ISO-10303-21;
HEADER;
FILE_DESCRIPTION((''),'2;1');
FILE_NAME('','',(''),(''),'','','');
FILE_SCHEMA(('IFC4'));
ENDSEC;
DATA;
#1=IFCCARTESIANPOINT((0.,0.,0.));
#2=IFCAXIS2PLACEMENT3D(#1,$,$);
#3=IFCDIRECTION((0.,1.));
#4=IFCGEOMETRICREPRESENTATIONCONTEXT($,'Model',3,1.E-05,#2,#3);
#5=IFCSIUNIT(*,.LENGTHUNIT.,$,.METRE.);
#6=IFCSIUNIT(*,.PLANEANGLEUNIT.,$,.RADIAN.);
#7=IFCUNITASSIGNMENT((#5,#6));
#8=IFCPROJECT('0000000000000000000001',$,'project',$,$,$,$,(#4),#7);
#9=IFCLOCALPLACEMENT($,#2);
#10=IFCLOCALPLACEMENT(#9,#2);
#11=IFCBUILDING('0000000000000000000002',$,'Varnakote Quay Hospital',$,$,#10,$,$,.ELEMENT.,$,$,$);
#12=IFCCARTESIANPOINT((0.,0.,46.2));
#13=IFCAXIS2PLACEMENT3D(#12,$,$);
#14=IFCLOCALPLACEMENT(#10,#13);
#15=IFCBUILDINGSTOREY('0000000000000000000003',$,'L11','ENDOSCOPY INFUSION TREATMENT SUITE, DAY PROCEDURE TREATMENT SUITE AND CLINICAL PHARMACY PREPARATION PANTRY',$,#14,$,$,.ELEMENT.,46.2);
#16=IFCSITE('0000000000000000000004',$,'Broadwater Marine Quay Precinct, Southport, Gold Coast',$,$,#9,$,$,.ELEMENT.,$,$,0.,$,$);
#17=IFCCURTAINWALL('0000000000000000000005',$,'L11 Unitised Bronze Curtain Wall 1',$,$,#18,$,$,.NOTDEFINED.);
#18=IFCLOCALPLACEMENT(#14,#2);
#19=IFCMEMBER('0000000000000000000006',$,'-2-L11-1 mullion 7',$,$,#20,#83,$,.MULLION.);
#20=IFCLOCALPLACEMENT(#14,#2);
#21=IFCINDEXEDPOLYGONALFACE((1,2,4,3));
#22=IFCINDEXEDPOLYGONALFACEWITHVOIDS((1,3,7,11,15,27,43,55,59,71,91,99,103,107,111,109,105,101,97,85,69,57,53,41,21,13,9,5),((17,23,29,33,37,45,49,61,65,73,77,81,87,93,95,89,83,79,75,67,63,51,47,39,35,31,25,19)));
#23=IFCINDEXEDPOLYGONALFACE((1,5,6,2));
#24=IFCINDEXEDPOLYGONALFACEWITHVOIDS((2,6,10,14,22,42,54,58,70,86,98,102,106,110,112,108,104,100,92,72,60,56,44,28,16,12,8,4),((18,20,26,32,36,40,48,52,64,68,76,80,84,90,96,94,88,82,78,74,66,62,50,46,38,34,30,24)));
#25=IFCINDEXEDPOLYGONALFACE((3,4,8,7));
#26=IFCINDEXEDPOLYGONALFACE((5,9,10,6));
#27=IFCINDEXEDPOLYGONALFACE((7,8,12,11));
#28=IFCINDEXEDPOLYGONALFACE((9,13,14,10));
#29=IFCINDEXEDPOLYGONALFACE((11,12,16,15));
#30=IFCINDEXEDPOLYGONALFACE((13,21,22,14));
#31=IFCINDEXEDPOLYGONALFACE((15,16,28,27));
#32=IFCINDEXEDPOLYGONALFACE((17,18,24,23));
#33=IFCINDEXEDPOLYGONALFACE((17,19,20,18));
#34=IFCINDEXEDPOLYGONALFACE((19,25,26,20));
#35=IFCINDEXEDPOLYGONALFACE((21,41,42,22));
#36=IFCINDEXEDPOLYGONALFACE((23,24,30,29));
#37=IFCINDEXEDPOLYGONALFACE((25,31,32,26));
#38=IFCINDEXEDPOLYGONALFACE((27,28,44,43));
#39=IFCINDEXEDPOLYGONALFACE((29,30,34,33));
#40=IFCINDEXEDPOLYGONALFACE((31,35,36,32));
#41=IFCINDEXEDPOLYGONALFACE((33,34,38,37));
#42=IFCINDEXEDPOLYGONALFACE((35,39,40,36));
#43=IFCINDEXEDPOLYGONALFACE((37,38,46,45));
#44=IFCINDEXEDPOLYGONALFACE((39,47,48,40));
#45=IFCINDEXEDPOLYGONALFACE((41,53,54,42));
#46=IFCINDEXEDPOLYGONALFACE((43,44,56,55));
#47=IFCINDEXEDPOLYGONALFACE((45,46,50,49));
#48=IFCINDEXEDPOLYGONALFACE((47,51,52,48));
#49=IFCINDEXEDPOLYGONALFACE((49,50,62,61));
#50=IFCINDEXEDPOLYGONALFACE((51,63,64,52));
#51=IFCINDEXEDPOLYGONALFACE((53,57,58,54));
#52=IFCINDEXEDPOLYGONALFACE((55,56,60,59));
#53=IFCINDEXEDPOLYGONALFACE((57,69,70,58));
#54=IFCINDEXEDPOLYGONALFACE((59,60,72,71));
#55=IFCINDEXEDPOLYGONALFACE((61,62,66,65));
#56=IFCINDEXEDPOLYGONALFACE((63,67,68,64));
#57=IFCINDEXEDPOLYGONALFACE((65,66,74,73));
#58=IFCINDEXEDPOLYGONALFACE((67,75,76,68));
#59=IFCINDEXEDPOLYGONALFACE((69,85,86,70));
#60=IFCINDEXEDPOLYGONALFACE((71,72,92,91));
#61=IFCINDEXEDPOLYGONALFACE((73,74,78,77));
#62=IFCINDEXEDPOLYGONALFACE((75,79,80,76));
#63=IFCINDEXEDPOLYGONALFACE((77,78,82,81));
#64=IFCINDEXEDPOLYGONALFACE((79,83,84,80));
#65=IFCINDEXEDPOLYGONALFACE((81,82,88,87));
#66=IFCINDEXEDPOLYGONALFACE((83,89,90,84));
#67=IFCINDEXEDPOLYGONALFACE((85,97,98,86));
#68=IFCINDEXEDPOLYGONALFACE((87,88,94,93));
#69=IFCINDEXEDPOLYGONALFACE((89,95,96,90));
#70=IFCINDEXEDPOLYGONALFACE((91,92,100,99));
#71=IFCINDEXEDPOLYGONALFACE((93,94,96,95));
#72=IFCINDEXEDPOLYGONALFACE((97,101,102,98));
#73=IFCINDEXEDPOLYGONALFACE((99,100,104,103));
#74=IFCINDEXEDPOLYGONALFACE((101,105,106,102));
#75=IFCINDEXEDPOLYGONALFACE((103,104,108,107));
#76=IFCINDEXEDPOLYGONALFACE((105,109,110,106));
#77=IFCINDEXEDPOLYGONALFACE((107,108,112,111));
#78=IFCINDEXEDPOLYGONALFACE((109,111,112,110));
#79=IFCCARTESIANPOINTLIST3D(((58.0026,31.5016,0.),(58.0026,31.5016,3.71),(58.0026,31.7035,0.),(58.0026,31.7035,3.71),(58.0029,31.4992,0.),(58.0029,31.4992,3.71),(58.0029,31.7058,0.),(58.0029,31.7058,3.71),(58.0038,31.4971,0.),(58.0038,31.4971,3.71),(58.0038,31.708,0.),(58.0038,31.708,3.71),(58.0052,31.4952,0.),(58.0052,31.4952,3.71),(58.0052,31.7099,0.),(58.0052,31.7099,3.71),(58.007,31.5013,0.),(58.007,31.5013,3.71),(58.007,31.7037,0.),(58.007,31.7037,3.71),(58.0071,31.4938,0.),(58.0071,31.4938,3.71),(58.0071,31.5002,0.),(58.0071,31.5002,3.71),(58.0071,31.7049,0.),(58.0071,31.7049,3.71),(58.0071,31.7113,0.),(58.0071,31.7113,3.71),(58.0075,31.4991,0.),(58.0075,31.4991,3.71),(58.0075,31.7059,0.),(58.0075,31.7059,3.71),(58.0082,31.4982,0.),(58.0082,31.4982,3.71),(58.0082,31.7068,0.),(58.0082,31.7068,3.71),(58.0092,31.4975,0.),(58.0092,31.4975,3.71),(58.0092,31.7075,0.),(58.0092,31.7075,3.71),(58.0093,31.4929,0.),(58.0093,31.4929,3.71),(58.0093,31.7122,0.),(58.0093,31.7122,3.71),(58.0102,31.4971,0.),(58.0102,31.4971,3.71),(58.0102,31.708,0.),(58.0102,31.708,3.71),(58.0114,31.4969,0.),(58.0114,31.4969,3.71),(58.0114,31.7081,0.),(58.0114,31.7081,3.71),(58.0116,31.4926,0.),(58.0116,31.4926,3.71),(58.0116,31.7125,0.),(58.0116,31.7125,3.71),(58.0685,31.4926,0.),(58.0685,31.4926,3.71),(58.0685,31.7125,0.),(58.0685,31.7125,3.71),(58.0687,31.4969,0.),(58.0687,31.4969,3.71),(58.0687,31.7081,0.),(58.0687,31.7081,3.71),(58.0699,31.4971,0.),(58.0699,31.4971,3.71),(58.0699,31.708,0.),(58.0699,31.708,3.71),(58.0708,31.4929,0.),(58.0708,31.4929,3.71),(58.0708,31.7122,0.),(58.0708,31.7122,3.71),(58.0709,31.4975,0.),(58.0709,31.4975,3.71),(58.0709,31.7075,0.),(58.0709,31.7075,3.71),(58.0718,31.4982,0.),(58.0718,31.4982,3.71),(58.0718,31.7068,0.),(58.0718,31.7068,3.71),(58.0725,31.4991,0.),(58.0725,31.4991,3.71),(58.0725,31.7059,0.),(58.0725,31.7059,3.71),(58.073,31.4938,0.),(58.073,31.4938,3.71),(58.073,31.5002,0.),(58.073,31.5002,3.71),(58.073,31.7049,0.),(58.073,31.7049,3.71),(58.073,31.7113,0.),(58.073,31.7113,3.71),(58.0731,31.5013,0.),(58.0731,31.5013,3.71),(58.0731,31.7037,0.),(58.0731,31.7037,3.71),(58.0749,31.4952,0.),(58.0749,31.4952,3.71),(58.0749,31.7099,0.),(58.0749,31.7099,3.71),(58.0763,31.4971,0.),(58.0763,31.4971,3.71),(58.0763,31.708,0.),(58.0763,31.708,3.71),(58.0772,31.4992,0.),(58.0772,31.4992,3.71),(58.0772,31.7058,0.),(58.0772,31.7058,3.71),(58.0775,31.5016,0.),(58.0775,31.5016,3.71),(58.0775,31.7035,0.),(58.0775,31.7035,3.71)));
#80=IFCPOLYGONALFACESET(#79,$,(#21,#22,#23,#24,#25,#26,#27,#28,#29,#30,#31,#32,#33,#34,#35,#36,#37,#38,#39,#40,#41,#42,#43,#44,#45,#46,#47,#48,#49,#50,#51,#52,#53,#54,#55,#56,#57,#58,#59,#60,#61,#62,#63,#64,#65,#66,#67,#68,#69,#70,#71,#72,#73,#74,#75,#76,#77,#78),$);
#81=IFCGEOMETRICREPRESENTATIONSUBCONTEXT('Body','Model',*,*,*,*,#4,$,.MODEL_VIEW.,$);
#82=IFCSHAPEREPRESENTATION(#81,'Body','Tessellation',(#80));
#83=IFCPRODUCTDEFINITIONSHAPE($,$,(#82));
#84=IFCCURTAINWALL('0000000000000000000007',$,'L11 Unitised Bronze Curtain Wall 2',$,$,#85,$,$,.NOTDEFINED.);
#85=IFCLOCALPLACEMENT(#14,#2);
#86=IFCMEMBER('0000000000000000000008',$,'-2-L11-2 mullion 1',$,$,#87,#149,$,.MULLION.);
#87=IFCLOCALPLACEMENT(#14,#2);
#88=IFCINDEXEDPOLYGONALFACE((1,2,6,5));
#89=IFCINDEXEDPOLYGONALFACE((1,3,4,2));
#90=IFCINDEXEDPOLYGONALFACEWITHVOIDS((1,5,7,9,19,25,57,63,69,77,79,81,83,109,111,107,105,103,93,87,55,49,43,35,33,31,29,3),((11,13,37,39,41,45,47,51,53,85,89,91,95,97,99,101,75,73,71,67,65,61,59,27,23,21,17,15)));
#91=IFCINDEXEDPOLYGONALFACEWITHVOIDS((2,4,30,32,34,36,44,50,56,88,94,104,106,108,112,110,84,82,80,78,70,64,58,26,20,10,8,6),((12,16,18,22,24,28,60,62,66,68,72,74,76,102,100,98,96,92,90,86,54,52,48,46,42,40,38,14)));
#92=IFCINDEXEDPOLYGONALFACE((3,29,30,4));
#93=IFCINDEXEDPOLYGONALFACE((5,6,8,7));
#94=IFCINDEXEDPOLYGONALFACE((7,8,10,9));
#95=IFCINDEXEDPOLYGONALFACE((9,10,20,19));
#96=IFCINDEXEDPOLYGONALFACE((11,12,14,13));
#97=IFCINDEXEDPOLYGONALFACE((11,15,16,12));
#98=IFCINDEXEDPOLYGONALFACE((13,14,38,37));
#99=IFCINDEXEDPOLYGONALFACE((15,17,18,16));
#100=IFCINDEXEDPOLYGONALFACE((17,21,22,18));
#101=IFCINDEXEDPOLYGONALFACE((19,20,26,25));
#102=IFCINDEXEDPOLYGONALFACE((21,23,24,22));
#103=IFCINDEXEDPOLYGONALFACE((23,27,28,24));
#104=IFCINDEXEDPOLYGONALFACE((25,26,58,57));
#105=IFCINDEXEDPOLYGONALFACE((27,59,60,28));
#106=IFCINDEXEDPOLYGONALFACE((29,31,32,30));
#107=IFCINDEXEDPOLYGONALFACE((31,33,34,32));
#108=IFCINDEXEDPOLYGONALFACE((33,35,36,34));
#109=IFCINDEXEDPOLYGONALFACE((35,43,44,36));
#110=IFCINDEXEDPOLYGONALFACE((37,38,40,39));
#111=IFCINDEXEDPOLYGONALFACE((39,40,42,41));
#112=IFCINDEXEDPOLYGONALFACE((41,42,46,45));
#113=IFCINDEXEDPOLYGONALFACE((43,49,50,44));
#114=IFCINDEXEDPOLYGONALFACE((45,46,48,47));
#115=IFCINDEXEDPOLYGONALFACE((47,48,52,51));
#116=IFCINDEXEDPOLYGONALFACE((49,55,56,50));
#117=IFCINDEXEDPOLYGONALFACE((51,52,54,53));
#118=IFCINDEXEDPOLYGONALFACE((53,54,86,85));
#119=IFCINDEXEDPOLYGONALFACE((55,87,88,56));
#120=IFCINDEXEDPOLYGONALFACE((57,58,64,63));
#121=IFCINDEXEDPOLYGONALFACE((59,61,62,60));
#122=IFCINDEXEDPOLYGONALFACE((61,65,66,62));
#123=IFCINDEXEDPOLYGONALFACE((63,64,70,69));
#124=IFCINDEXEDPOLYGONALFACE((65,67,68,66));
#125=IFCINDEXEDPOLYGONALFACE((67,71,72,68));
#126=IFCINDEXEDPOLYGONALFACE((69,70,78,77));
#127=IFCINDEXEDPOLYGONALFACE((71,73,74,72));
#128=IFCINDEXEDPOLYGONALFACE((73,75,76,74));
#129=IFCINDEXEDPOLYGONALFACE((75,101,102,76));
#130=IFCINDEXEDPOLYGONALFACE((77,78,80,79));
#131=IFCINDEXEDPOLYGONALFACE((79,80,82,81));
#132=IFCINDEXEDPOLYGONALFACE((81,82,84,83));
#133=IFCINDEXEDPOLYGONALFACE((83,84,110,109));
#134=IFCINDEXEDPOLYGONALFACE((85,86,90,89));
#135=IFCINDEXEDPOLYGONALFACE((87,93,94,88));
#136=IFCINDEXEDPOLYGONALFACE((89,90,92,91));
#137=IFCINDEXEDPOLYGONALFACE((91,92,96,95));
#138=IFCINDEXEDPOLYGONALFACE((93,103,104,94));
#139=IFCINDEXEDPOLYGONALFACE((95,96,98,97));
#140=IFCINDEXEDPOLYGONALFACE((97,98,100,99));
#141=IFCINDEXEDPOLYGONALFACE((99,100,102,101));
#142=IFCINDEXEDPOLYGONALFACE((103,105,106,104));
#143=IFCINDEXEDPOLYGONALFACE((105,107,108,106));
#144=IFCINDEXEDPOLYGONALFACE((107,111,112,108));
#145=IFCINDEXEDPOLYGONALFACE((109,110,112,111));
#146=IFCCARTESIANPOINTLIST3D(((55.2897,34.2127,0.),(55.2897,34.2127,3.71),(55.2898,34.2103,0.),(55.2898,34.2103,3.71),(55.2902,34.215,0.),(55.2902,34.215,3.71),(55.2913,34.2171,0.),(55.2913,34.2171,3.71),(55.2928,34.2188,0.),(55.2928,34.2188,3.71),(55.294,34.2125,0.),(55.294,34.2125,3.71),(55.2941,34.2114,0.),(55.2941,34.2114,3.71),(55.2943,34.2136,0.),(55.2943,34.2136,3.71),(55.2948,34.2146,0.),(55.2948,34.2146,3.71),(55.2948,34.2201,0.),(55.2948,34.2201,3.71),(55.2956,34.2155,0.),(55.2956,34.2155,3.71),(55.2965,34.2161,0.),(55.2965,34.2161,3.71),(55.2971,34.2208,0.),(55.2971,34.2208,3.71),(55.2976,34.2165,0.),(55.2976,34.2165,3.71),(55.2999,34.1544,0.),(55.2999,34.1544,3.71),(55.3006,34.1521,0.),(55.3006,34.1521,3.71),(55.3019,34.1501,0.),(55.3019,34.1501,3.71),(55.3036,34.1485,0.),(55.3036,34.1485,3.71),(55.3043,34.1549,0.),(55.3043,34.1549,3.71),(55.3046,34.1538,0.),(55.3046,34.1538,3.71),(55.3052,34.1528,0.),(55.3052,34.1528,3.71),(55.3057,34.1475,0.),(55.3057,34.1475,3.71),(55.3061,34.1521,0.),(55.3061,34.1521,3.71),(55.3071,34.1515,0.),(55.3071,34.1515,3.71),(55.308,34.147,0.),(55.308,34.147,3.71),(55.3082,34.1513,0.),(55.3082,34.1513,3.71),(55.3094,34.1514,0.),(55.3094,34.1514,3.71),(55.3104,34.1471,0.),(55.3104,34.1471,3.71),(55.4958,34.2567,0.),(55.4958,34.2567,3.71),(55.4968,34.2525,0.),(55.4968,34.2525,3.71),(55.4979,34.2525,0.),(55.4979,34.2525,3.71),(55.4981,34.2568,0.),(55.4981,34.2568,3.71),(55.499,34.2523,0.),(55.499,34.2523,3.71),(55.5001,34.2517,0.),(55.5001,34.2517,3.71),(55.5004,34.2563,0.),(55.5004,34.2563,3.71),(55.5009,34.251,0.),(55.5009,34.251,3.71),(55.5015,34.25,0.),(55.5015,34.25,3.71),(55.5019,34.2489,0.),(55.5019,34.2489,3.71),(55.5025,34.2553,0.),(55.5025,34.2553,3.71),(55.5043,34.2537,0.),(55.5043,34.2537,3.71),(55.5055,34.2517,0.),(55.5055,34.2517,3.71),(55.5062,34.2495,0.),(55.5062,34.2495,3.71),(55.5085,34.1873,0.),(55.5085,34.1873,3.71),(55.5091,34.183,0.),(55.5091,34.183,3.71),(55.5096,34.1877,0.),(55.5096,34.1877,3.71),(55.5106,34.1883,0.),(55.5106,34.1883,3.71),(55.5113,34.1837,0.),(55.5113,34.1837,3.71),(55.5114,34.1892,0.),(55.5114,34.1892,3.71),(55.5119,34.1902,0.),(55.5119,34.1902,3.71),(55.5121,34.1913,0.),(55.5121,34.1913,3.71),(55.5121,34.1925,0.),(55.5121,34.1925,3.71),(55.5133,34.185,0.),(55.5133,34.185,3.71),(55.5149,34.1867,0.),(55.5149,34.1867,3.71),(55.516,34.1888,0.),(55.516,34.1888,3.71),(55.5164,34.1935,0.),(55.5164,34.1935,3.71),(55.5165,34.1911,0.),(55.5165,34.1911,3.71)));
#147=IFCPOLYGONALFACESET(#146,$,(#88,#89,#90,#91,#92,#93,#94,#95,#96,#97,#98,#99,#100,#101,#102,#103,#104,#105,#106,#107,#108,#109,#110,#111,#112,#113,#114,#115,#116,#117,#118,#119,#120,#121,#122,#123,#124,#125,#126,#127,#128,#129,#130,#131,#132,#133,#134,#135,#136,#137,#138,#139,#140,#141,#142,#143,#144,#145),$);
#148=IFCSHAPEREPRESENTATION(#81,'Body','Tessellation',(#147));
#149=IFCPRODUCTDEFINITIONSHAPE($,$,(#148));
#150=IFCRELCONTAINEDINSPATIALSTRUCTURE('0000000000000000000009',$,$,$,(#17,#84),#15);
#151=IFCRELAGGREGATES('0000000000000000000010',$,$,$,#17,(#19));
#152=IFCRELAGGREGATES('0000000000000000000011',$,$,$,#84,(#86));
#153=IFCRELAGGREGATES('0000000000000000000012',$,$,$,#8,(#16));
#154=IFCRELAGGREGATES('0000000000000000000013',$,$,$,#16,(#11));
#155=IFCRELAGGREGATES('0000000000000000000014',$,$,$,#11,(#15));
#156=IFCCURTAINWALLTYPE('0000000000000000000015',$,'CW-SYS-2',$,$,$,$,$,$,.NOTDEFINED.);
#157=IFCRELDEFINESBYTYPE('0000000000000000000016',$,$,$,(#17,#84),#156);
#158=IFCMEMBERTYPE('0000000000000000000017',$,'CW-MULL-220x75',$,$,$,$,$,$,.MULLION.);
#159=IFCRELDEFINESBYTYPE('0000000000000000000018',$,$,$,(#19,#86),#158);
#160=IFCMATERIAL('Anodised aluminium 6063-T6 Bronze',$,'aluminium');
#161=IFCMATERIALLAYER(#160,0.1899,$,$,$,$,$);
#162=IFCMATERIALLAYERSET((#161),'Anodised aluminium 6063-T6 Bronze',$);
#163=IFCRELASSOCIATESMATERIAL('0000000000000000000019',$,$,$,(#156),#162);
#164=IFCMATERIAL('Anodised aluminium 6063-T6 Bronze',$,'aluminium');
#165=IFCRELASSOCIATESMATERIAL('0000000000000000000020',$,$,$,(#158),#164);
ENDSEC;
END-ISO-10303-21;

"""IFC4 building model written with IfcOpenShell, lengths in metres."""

from ifc_helpers import new_model, si_unit, direction, frame, origin, origin_2d, place, context, subcontext, project, spatial, hollow_rectangle, extrude, material, layer, layer_set, material_profile, profile_set, type_object, element, aggregate, save


model = new_model("IFC4")

# Units and contexts
model_context = context("Model", 3, precision=1e-05, world=origin(), true_north=direction((0.0, 1.0)))
body_context = subcontext(model_context, "Body", "Model", "MODEL_VIEW")
ifc_project = project(units=[si_unit("LENGTHUNIT", "METRE"), si_unit("PLANEANGLEUNIT", "RADIAN")], contexts=[model_context])

# Site, building, storey
site_placement = place(None, origin())
site = spatial("IfcSite", under=ifc_project, at=site_placement, Name="Broadwater Marine Quay Precinct, Southport, Gold Coast", CompositionType="ELEMENT", RefElevation=0.0)
building_placement = place(site_placement, origin())
building = spatial("IfcBuilding", under=site, at=building_placement, Name="Varnakote Quay Hospital", CompositionType="ELEMENT")
storey_placement = place(building_placement, frame((0.0, 0.0, 46.2)))
storey = spatial("IfcBuildingStorey", under=building, at=storey_placement, Name="L11", Description="ENDOSCOPY INFUSION TREATMENT SUITE, DAY PROCEDURE TREATMENT SUITE AND CLINICAL PHARMACY PREPARATION PANTRY", CompositionType="ELEMENT", Elevation=46.2)

# Curtain wall, member
ifc_material_1 = material(Name="Anodised aluminium 6063-T6 Bronze", Category="aluminium")
ifc_layer_1 = layer(ifc_material_1, 0.1899)
ifc_layer_set_1 = layer_set([ifc_layer_1], Name="Anodised aluminium 6063-T6 Bronze")
curtain_wall_type = type_object("IfcCurtainWallType", Name="CW-SYS-2", PredefinedType="NOTDEFINED", material=ifc_layer_set_1)
curtain_wall_1_placement = place(storey_placement, origin())
curtain_wall_1 = element("IfcCurtainWall", 1, at=curtain_wall_1_placement, inside=storey, type_object=curtain_wall_type, Name="L11 Unitised Bronze Curtain Wall 1", PredefinedType="NOTDEFINED")
ifc_material_2 = material(Name="Anodised aluminium 6063-T6 Bronze", Category="aluminium")
ifc_material_profile_1 = material_profile(ifc_material_2, hollow_rectangle(XDim=0.075, YDim=0.22, WallThickness=0.0044, InnerFilletRadius=0.0044, OuterFilletRadius=0.009, at=origin_2d()), Name="CW-MULL-220x75")
ifc_profile_set_1 = profile_set([ifc_material_profile_1], Name="Anodised aluminium 6063-T6 Bronze")
member_type_1 = type_object("IfcMemberType", Name="CW-MULL-220x75", PredefinedType="MULLION", material=ifc_profile_set_1)
member_1_placement = place(storey_placement, frame((58.04, 31.6025, 0.0), z_axis=(0.0, 0.0, 1.0), x_axis=(-1.0, 0.0, 0.0)))
member_1 = element("IfcMember", 2, at=member_1_placement, type_object=member_type_1, Name="-2-L11-1 mullion 7", PredefinedType="MULLION", context=body_context, shape_type="SweptSolid", body=[
    extrude(hollow_rectangle(XDim=0.075, YDim=0.22, WallThickness=0.0044, InnerFilletRadius=0.0044, OuterFilletRadius=0.009, at=origin_2d()), origin(), (0.0, 0.0, 1.0), 3.71),
])

# Curtain wall, member
curtain_wall_2_placement = place(storey_placement, origin())
curtain_wall_2 = element("IfcCurtainWall", 3, at=curtain_wall_2_placement, inside=storey, type_object=curtain_wall_type, Name="L11 Unitised Bronze Curtain Wall 2", PredefinedType="NOTDEFINED")
member_2_placement = place(storey_placement, frame((55.4031, 34.2019, 0.0), z_axis=(0.0, 0.0, 1.0), x_axis=(0.177846, -0.984058, 0.0)))
member_2 = element("IfcMember", 4, at=member_2_placement, type_object=member_type_1, Name="-2-L11-2 mullion 1", PredefinedType="MULLION", context=body_context, shape_type="SweptSolid", body=[
    extrude(hollow_rectangle(XDim=0.075, YDim=0.22, WallThickness=0.0044, InnerFilletRadius=0.0044, OuterFilletRadius=0.009, at=origin_2d()), origin(), (0.0, 0.0, 1.0), 3.71),
])

aggregate(curtain_wall_1, [member_1])
aggregate(curtain_wall_2, [member_2])

save(model, "model.ifc")
